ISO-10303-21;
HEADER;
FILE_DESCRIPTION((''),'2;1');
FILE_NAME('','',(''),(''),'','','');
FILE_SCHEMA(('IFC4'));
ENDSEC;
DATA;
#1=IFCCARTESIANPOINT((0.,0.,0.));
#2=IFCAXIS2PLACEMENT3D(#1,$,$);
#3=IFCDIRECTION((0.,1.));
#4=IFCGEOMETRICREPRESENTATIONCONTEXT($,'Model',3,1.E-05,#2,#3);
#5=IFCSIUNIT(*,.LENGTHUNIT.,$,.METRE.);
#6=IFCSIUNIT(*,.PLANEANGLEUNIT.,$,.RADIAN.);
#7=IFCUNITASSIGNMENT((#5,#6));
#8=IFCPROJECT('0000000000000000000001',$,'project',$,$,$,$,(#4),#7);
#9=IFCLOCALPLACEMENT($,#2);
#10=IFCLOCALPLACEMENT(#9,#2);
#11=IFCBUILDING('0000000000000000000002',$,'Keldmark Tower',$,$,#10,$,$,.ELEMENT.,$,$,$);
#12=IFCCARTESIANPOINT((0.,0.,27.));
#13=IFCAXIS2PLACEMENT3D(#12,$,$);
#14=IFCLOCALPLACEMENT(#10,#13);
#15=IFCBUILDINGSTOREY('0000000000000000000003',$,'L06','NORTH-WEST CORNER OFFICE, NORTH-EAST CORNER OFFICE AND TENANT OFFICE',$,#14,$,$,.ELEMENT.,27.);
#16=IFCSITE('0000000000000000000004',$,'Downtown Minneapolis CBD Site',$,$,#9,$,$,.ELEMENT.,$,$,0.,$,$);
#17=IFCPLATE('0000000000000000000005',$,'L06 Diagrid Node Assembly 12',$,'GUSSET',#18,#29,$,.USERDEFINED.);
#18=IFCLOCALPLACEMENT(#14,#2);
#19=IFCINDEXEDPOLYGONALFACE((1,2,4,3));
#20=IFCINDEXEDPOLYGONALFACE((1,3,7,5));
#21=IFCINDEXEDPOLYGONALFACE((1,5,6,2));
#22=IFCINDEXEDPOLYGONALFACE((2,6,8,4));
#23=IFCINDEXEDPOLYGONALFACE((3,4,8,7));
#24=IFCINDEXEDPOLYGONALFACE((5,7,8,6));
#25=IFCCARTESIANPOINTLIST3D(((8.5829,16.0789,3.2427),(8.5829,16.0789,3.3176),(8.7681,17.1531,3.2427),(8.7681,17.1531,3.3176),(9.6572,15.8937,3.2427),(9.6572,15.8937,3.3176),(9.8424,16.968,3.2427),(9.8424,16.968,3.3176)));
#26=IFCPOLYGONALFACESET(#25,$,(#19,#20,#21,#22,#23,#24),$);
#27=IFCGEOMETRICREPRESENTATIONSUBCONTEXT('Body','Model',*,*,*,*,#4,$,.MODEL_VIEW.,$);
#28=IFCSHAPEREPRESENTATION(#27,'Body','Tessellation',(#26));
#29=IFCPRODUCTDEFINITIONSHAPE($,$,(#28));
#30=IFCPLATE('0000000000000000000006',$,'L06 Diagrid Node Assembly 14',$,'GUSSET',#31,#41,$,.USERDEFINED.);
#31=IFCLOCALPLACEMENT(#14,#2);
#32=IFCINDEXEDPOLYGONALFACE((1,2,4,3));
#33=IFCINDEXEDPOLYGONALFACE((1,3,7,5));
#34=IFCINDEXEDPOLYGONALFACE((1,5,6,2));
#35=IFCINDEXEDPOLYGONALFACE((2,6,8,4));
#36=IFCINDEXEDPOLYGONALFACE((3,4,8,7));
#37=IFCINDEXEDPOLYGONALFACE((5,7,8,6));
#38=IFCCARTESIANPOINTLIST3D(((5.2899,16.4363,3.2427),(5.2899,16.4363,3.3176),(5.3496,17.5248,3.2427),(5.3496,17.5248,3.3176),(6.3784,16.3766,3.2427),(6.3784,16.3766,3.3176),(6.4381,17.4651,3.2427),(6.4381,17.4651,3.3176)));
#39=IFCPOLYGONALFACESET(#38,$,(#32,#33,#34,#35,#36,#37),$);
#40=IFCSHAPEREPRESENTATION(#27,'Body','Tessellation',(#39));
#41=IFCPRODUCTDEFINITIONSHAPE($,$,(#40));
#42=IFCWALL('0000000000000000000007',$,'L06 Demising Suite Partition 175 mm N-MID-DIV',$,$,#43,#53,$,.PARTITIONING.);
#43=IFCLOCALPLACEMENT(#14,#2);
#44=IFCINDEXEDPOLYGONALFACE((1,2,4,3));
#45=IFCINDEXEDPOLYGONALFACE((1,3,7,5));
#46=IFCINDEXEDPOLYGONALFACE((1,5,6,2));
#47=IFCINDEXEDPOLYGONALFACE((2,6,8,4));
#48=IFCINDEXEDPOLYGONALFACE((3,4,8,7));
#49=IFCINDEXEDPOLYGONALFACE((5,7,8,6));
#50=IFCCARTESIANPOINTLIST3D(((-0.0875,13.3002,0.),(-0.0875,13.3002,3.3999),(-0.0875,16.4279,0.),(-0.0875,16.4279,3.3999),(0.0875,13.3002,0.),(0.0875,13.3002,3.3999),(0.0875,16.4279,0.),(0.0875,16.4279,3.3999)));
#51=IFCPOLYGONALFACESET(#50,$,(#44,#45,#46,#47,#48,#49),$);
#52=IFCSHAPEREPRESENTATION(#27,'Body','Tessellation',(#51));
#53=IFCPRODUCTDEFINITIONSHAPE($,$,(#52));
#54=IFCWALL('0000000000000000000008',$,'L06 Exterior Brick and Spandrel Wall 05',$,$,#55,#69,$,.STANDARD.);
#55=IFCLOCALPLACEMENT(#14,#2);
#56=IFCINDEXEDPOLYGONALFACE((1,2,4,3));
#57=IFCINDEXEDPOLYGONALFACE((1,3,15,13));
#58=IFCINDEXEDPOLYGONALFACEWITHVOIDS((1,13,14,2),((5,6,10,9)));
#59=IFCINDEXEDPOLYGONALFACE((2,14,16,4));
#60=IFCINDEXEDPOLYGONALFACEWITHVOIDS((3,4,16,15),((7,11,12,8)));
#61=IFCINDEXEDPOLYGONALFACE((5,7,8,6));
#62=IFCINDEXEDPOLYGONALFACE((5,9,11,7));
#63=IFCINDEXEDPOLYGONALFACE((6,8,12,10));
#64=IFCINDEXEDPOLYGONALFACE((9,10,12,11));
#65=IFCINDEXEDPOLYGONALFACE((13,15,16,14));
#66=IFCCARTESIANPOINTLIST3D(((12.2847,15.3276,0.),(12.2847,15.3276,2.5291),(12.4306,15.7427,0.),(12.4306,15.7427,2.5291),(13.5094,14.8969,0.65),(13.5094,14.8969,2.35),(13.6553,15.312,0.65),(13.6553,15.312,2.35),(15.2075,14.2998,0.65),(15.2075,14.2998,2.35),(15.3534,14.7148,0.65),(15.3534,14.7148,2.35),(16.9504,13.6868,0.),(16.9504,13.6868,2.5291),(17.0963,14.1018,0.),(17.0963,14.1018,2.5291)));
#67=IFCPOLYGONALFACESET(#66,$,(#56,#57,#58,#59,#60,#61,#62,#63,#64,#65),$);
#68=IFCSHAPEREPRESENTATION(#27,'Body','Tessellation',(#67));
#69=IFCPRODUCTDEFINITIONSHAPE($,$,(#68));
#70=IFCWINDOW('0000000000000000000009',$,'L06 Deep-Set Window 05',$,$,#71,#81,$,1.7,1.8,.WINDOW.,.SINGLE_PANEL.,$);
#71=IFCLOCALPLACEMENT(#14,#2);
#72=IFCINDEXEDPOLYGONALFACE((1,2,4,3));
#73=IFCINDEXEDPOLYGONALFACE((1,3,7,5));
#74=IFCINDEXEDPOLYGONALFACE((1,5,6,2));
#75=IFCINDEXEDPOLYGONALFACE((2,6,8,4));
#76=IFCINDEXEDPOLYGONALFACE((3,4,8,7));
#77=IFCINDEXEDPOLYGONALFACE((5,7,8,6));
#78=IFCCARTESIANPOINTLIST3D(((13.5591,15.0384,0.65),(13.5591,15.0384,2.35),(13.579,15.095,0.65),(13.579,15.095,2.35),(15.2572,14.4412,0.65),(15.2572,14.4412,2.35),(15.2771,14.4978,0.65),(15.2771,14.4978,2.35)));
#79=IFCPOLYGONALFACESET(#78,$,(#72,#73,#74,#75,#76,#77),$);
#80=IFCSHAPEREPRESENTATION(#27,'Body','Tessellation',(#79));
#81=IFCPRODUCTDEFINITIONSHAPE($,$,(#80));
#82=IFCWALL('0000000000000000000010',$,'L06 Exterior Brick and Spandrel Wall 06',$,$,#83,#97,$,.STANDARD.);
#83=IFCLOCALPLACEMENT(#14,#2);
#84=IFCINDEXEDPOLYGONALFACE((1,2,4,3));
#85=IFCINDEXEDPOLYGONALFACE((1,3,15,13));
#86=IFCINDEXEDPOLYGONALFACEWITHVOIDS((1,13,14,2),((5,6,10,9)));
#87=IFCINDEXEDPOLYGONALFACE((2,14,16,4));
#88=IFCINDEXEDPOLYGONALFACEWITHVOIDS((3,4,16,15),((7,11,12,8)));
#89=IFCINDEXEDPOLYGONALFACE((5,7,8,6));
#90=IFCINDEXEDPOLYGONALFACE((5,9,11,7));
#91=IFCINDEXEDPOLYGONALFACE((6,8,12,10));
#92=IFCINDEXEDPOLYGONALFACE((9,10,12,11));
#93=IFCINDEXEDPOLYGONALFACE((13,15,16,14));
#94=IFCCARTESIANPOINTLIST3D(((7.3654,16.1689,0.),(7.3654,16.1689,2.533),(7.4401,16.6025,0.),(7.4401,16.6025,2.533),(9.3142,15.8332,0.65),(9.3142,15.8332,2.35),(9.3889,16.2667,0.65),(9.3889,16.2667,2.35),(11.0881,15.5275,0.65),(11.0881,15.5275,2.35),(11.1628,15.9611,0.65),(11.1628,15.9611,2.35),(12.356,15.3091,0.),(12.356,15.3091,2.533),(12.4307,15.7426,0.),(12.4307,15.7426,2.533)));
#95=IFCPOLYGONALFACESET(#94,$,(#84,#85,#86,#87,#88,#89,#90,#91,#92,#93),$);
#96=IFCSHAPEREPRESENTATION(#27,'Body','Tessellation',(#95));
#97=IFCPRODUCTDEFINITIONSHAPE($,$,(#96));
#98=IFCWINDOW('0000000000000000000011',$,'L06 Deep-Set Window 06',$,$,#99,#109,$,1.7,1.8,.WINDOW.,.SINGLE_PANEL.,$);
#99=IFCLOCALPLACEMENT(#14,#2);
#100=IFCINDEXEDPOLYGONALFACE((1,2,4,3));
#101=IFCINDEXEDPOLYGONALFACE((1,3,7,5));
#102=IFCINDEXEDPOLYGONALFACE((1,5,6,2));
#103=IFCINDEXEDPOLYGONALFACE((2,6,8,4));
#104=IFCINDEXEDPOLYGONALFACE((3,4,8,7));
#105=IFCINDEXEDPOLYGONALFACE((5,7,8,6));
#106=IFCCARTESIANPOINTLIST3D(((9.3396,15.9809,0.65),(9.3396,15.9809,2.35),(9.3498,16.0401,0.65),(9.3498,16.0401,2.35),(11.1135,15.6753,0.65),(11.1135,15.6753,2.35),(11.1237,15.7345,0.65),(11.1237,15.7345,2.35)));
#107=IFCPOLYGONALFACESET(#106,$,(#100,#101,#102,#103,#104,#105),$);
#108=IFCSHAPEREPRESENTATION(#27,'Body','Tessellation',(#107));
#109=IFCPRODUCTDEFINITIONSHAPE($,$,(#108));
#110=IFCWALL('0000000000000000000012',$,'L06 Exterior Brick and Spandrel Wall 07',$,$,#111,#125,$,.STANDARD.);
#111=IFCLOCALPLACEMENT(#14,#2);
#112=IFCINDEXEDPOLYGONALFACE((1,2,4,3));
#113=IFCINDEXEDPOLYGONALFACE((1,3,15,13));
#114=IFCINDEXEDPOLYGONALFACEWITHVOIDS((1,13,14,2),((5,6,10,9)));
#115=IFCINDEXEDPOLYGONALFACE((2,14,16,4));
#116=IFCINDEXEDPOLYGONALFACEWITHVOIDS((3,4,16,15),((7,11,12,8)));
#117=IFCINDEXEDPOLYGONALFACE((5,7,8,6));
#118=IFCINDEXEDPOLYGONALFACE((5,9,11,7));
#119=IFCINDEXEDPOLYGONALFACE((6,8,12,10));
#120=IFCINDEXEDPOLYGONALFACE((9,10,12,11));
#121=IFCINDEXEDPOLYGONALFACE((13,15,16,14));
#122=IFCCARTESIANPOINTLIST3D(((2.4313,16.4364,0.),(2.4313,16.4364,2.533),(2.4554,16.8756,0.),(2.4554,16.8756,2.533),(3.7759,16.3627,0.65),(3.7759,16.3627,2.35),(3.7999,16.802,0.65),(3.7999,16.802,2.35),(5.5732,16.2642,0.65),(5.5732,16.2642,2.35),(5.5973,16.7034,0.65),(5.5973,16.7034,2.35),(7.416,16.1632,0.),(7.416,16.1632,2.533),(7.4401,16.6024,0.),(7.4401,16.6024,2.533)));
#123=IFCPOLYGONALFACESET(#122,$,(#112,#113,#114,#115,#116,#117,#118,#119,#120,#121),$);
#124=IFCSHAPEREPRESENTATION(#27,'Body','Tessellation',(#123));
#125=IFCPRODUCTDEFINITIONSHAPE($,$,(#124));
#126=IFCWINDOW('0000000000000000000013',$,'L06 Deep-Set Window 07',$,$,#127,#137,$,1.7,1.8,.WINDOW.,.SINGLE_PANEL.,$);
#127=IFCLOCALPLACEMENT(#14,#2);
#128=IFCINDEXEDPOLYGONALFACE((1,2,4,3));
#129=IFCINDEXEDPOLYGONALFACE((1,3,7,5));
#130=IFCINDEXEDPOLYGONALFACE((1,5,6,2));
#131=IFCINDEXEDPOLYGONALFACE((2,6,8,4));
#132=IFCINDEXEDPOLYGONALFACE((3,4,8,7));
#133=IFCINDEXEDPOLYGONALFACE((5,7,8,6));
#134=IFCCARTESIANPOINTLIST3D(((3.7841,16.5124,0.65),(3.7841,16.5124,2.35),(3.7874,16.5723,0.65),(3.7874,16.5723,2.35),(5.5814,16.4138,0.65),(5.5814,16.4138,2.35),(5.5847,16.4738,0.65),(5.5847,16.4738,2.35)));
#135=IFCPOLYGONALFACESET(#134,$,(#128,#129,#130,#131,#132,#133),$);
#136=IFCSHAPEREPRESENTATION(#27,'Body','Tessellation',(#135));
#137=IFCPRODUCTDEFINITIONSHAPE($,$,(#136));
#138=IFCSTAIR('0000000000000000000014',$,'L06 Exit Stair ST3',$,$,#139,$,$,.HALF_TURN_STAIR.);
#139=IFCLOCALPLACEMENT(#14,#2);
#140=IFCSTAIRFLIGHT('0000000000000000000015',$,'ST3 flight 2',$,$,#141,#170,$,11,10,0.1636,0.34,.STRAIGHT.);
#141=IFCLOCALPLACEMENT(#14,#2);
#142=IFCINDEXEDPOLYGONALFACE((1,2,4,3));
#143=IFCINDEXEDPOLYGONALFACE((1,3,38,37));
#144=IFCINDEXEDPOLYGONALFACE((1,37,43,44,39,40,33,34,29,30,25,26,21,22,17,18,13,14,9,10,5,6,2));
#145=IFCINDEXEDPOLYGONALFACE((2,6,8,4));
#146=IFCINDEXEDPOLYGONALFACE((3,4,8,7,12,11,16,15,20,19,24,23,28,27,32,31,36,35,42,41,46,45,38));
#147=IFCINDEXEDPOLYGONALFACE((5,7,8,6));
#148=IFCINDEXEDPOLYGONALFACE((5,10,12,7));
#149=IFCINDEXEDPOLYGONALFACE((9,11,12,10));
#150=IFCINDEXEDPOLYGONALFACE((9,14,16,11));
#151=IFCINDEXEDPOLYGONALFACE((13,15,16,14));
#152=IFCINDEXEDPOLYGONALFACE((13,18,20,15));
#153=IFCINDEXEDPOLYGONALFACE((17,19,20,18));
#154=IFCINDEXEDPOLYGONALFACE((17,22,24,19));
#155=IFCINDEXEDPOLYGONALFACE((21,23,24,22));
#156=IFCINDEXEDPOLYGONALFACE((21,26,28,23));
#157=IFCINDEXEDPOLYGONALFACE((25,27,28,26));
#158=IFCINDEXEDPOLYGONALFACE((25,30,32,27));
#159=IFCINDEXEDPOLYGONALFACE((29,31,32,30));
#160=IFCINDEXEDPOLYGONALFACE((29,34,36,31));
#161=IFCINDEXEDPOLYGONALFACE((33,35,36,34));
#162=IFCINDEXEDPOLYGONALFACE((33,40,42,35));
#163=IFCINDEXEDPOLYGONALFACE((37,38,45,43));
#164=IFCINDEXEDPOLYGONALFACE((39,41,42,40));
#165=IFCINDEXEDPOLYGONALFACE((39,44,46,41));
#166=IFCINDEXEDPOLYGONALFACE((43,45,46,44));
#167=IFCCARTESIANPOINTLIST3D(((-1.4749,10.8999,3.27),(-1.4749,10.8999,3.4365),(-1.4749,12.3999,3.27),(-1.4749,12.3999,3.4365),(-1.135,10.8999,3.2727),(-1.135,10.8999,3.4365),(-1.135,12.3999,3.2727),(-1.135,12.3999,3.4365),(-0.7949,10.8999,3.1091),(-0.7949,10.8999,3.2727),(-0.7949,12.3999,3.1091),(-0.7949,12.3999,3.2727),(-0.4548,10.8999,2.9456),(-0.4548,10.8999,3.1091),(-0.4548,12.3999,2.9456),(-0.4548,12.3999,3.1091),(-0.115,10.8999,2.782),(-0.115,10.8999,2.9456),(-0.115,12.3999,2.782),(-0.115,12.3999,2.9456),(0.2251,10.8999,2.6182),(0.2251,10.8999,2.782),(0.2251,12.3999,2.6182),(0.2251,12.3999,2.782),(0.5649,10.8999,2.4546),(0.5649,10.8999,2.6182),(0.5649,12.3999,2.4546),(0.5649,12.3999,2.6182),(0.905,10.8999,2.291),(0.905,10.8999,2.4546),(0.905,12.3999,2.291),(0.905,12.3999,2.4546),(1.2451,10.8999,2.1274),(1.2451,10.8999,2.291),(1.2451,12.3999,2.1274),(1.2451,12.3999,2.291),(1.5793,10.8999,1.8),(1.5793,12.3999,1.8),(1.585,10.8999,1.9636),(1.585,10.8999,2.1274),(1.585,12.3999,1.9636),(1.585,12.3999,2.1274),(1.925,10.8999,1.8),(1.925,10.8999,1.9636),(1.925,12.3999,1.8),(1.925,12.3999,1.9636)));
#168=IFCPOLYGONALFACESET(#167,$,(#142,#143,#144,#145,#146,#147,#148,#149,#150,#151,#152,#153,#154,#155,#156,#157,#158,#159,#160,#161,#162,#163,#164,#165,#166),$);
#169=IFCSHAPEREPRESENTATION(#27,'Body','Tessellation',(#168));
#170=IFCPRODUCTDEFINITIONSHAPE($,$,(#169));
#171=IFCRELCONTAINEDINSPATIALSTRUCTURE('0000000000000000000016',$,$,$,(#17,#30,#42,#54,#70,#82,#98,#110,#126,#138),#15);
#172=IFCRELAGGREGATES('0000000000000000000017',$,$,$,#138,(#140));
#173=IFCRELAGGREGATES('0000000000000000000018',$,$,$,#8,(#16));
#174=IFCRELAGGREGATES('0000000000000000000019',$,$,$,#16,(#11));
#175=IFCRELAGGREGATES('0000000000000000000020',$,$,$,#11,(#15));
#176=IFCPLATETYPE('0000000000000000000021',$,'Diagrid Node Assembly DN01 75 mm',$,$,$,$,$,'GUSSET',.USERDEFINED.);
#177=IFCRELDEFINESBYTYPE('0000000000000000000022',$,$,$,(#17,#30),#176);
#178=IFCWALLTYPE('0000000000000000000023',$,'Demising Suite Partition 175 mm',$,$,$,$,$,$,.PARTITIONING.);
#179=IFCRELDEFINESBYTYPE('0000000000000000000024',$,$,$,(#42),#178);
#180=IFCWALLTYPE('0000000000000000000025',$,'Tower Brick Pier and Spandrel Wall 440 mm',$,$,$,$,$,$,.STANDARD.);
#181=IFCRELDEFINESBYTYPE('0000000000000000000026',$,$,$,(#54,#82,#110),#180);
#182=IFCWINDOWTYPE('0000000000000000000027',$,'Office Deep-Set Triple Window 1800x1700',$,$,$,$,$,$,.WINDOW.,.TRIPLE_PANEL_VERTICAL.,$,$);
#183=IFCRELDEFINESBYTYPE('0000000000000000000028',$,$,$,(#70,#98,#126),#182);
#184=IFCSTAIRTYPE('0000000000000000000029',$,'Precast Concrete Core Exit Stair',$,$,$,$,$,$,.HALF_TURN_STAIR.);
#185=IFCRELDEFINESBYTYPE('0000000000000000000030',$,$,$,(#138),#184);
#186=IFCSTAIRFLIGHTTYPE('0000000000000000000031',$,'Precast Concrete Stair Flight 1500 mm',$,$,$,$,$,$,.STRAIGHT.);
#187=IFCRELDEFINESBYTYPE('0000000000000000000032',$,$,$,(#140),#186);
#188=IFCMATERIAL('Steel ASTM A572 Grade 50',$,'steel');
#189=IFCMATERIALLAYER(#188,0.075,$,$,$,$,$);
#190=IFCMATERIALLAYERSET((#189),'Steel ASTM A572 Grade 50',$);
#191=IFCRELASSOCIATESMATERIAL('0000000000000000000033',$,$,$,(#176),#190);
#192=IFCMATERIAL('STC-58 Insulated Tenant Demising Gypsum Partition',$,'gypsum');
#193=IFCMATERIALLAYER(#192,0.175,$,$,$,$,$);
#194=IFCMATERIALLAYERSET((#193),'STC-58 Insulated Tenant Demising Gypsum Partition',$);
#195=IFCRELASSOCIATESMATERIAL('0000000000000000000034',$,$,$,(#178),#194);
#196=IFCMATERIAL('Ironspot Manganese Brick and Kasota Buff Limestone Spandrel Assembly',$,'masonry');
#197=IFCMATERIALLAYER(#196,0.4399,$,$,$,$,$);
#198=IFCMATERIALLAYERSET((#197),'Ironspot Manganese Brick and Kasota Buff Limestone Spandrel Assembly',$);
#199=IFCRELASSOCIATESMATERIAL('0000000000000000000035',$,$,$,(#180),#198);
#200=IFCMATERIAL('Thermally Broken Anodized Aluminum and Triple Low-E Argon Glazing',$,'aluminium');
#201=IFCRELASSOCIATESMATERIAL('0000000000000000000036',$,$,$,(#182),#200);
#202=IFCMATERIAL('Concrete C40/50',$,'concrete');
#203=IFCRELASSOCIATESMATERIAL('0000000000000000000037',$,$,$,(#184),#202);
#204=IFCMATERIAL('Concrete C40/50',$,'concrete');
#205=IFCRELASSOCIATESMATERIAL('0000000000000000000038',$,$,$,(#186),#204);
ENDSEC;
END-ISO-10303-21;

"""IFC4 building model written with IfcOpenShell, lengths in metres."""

from ifc_helpers import new_model, si_unit, direction, frame, frame_2d, origin, origin_2d, place, context, subcontext, project, spatial, polyline, rectangle, outline, extrude, material, layer, layer_set, type_object, element, fill, aggregate, save


model = new_model("IFC4")

# Units and contexts
model_context = context("Model", 3, precision=1e-05, world=origin(), true_north=direction((0.0, 1.0)))
body_context = subcontext(model_context, "Body", "Model", "MODEL_VIEW")
ifc_project = project(units=[si_unit("LENGTHUNIT", "METRE"), si_unit("PLANEANGLEUNIT", "RADIAN")], contexts=[model_context])

# Site, building, storey
site_placement = place(None, origin())
site = spatial("IfcSite", under=ifc_project, at=site_placement, Name="Downtown Minneapolis CBD Site", CompositionType="ELEMENT", RefElevation=0.0)
building_placement = place(site_placement, origin())
building = spatial("IfcBuilding", under=site, at=building_placement, Name="Keldmark Tower", CompositionType="ELEMENT")
storey_placement = place(building_placement, frame((0.0, 0.0, 27.0)))
storey = spatial("IfcBuildingStorey", under=building, at=storey_placement, Name="L06", Description="NORTH-WEST CORNER OFFICE, NORTH-EAST CORNER OFFICE AND TENANT OFFICE", CompositionType="ELEMENT", Elevation=27.0)

# Plates
ifc_material_1 = material(Name="Steel ASTM A572 Grade 50", Category="steel")
ifc_layer_1 = layer(ifc_material_1, 0.075)
ifc_layer_set_1 = layer_set([ifc_layer_1], Name="Steel ASTM A572 Grade 50")
plate_type_1 = type_object("IfcPlateType", Name="Diagrid Node Assembly DN01 75 mm", ElementType="GUSSET", PredefinedType="USERDEFINED", material=ifc_layer_set_1)
for number, where, z_axis, x_axis, name in (
    (1, (9.2126, 16.5234, 3.2427), (0.0, 0.0, 1.0), (-0.985467, 0.169866, 0.0), "L06 Diagrid Node Assembly 12"),
    (2, (5.864, 16.9507, 3.2427), (0.0, 0.0, 1.0), (-0.998499, 0.054776, 0.0), "L06 Diagrid Node Assembly 14"),
):
    element("IfcPlate", number, at=place(storey_placement, frame(where, z_axis=z_axis, x_axis=x_axis)), inside=storey, type_object=plate_type_1, Name=name, ObjectType="GUSSET", PredefinedType="USERDEFINED", context=body_context, shape_type="SweptSolid", body=[
        extrude(rectangle(XDim=1.0901, YDim=1.0901, at=origin_2d()), origin(), (0.0, 0.0, 1.0), 0.075),
    ])

# Wall
ifc_material_2 = material(Name="STC-58 Insulated Tenant Demising Gypsum Partition", Category="gypsum")
ifc_layer_2 = layer(ifc_material_2, 0.175)
ifc_layer_set_2 = layer_set([ifc_layer_2], Name="STC-58 Insulated Tenant Demising Gypsum Partition")
wall_type_1 = type_object("IfcWallType", Name="Demising Suite Partition 175 mm", PredefinedType="PARTITIONING", material=ifc_layer_set_2)
wall_1_placement = place(storey_placement, frame((0.0, 13.3, 0.0), z_axis=(0.0, 0.0, 1.0), x_axis=(0.0, 1.0, 0.0)))
element("IfcWall", 3, at=wall_1_placement, inside=storey, type_object=wall_type_1, Name="L06 Demising Suite Partition 175 mm N-MID-DIV", PredefinedType="PARTITIONING", context=body_context, shape_type="SweptSolid", body=[
    extrude(rectangle(XDim=3.1277, YDim=0.175, at=frame_2d((1.564, 0.0))), origin(), (0.0, 0.0, 1.0), 3.3999),
])

# Walls, openings, windows
ifc_material_3 = material(Name="Ironspot Manganese Brick and Kasota Buff Limestone Spandrel Assembly", Category="masonry")
ifc_layer_3 = layer(ifc_material_3, 0.4399)
ifc_layer_set_3 = layer_set([ifc_layer_3], Name="Ironspot Manganese Brick and Kasota Buff Limestone Spandrel Assembly")
wall_type_2 = type_object("IfcWallType", Name="Tower Brick Pier and Spandrel Wall 440 mm", PredefinedType="STANDARD", material=ifc_layer_set_3)
wall_2_placement = place(storey_placement, frame((12.3577, 15.5352, 0.0), z_axis=(0.0, 0.0, 1.0), x_axis=(0.943362, -0.331764, 0.0)))
wall_2 = element("IfcWall", 4, at=wall_2_placement, inside=storey, type_object=wall_type_2, Name="L06 Exterior Brick and Spandrel Wall 05", PredefinedType="STANDARD", context=body_context, shape_type="SweptSolid", body=[
    extrude(rectangle(XDim=4.9458, YDim=0.4399, at=frame_2d((2.4729, 0.0))), origin(), (0.0, 0.0, 1.0), 2.5291),
])
opening_1_placement = place(wall_2_placement, frame((1.2983, 0.0, 0.6499)))
opening_1 = element("IfcOpeningElement", 5, at=opening_1_placement, cuts=wall_2, PredefinedType="OPENING", context=body_context, shape_type="SweptSolid", body=[
    extrude(rectangle(XDim=1.8, YDim=1.7, at=frame_2d((0.8999, 0.8501))), frame((0.0, 0.23, 0.0), z_axis=(0.0, -1.0, 0.0), x_axis=(1.0, 0.0, 0.0)), (0.0, 0.0, 1.0), 0.46),
])
ifc_material_4 = material(Name="Thermally Broken Anodized Aluminum and Triple Low-E Argon Glazing", Category="aluminium")
window_type = type_object("IfcWindowType", Name="Office Deep-Set Triple Window 1800x1700", PartitioningType="TRIPLE_PANEL_VERTICAL", PredefinedType="WINDOW", material=ifc_material_4)
window_1_placement = place(opening_1_placement, origin())
window_1 = element("IfcWindow", 6, at=window_1_placement, inside=storey, type_object=window_type, Name="L06 Deep-Set Window 05", OverallHeight=1.7, OverallWidth=1.8, PartitioningType="SINGLE_PANEL", PredefinedType="WINDOW", context=body_context, shape_type="SweptSolid", body=[
    extrude(rectangle(XDim=1.8, YDim=1.7, at=frame_2d((0.8999, 0.8501))), frame((0.0, -0.01, 0.0), z_axis=(0.0, -1.0, 0.0), x_axis=(1.0, 0.0, 0.0)), (0.0, 0.0, 1.0), 0.0601),
])
fill(opening_1, window_1)
wall_3_placement = place(storey_placement, frame((7.4026, 16.3857, 0.0), z_axis=(0.0, 0.0, 1.0), x_axis=(0.98548, -0.169791, 0.0)))
wall_3 = element("IfcWall", 7, at=wall_3_placement, inside=storey, type_object=wall_type_2, Name="L06 Exterior Brick and Spandrel Wall 06", PredefinedType="STANDARD", context=body_context, shape_type="SweptSolid", body=[
    extrude(rectangle(XDim=5.0642, YDim=0.4399, at=frame_2d((2.5322, 0.0))), origin(), (0.0, 0.0, 1.0), 2.533),
])
opening_2_placement = place(wall_3_placement, frame((1.9778, 0.0, 0.6499)))
opening_2 = element("IfcOpeningElement", 8, at=opening_2_placement, cuts=wall_3, PredefinedType="OPENING", context=body_context, shape_type="SweptSolid", body=[
    extrude(rectangle(XDim=1.8, YDim=1.7, at=frame_2d((0.8999, 0.8501))), frame((0.0, 0.23, 0.0), z_axis=(0.0, -1.0, 0.0), x_axis=(1.0, 0.0, 0.0)), (0.0, 0.0, 1.0), 0.46),
])
window_2_placement = place(opening_2_placement, origin())
window_2 = element("IfcWindow", 9, at=window_2_placement, inside=storey, type_object=window_type, Name="L06 Deep-Set Window 06", OverallHeight=1.7, OverallWidth=1.8, PartitioningType="SINGLE_PANEL", PredefinedType="WINDOW", context=body_context, shape_type="SweptSolid", body=[
    extrude(rectangle(XDim=1.8, YDim=1.7, at=frame_2d((0.8999, 0.8501))), frame((0.0, -0.01, 0.0), z_axis=(0.0, -1.0, 0.0), x_axis=(1.0, 0.0, 0.0)), (0.0, 0.0, 1.0), 0.0601),
])
fill(opening_2, window_2)
wall_4_placement = place(storey_placement, frame((2.4434, 16.656, 0.0), z_axis=(0.0, 0.0, 1.0), x_axis=(0.998501, -0.054725, 0.0)))
wall_4 = element("IfcWall", 10, at=wall_4_placement, inside=storey, type_object=wall_type_2, Name="L06 Exterior Brick and Spandrel Wall 07", PredefinedType="STANDARD", context=body_context, shape_type="SweptSolid", body=[
    extrude(rectangle(XDim=4.9922, YDim=0.4399, at=frame_2d((2.4961, 0.0))), origin(), (0.0, 0.0, 1.0), 2.533),
])
opening_3_placement = place(wall_4_placement, frame((1.3467, 0.0, 0.6499)))
opening_3 = element("IfcOpeningElement", 11, at=opening_3_placement, cuts=wall_4, PredefinedType="OPENING", context=body_context, shape_type="SweptSolid", body=[
    extrude(rectangle(XDim=1.8, YDim=1.7, at=frame_2d((0.8999, 0.8501))), frame((0.0, 0.23, 0.0), z_axis=(0.0, -1.0, 0.0), x_axis=(1.0, 0.0, 0.0)), (0.0, 0.0, 1.0), 0.46),
])
window_3_placement = place(opening_3_placement, origin())
window_3 = element("IfcWindow", 12, at=window_3_placement, inside=storey, type_object=window_type, Name="L06 Deep-Set Window 07", OverallHeight=1.7, OverallWidth=1.8, PartitioningType="SINGLE_PANEL", PredefinedType="WINDOW", context=body_context, shape_type="SweptSolid", body=[
    extrude(rectangle(XDim=1.8, YDim=1.7, at=frame_2d((0.8999, 0.8501))), frame((0.0, -0.01, 0.0), z_axis=(0.0, -1.0, 0.0), x_axis=(1.0, 0.0, 0.0)), (0.0, 0.0, 1.0), 0.0601),
])
fill(opening_3, window_3)

# Stair, stair flight
ifc_material_5 = material(Name="Concrete C40/50", Category="concrete")
stair_type = type_object("IfcStairType", Name="Precast Concrete Core Exit Stair", PredefinedType="HALF_TURN_STAIR", material=ifc_material_5)
stair_placement = place(storey_placement, origin())
stair = element("IfcStair", 13, at=stair_placement, inside=storey, type_object=stair_type, Name="L06 Exit Stair ST3", PredefinedType="HALF_TURN_STAIR")
ifc_material_6 = material(Name="Concrete C40/50", Category="concrete")
stair_flight_type = type_object("IfcStairFlightType", Name="Precast Concrete Stair Flight 1500 mm", PredefinedType="STRAIGHT", material=ifc_material_6)
stair_flight_placement = place(storey_placement, frame((1.925, 11.6499, 1.8), z_axis=(0.0, 0.0, 1.0), x_axis=(-1.0, 0.0, 0.0)))
stair_flight = element("IfcStairFlight", 14, at=stair_flight_placement, type_object=stair_flight_type, Name="ST3 flight 2", NumberOfRisers=11, NumberOfTreads=10, PredefinedType="STRAIGHT", RiserHeight=0.1636, TreadLength=0.34, context=body_context, shape_type="SweptSolid", body=[
    extrude(outline(polyline([(0.0, 0.0), (0.0, 0.1636), (0.3401, 0.1636), (0.3401, 0.3274), (0.6799, 0.3274), (0.6799, 0.491), (1.02, 0.491), (1.02, 0.6545), (1.3601, 0.6545), (1.3601, 0.8181), (1.7, 0.8181), (1.7, 0.9819), (2.04, 0.9819), (2.04, 1.1455), (2.3799, 1.1455), (2.3799, 1.3091), (2.72, 1.3091), (2.72, 1.4727), (3.0601, 1.4727), (3.0601, 1.6365), (3.3999, 1.6365), (3.3999, 1.8), (3.3999, 1.47), (0.3457, 0.0), (0.0, 0.0)])), frame((0.0, 0.75, 0.0), z_axis=(0.0, -1.0, 0.0), x_axis=(1.0, 0.0, 0.0)), (0.0, 0.0, 1.0), 1.5),
])
aggregate(stair, [stair_flight])

save(model, "model.ifc")
